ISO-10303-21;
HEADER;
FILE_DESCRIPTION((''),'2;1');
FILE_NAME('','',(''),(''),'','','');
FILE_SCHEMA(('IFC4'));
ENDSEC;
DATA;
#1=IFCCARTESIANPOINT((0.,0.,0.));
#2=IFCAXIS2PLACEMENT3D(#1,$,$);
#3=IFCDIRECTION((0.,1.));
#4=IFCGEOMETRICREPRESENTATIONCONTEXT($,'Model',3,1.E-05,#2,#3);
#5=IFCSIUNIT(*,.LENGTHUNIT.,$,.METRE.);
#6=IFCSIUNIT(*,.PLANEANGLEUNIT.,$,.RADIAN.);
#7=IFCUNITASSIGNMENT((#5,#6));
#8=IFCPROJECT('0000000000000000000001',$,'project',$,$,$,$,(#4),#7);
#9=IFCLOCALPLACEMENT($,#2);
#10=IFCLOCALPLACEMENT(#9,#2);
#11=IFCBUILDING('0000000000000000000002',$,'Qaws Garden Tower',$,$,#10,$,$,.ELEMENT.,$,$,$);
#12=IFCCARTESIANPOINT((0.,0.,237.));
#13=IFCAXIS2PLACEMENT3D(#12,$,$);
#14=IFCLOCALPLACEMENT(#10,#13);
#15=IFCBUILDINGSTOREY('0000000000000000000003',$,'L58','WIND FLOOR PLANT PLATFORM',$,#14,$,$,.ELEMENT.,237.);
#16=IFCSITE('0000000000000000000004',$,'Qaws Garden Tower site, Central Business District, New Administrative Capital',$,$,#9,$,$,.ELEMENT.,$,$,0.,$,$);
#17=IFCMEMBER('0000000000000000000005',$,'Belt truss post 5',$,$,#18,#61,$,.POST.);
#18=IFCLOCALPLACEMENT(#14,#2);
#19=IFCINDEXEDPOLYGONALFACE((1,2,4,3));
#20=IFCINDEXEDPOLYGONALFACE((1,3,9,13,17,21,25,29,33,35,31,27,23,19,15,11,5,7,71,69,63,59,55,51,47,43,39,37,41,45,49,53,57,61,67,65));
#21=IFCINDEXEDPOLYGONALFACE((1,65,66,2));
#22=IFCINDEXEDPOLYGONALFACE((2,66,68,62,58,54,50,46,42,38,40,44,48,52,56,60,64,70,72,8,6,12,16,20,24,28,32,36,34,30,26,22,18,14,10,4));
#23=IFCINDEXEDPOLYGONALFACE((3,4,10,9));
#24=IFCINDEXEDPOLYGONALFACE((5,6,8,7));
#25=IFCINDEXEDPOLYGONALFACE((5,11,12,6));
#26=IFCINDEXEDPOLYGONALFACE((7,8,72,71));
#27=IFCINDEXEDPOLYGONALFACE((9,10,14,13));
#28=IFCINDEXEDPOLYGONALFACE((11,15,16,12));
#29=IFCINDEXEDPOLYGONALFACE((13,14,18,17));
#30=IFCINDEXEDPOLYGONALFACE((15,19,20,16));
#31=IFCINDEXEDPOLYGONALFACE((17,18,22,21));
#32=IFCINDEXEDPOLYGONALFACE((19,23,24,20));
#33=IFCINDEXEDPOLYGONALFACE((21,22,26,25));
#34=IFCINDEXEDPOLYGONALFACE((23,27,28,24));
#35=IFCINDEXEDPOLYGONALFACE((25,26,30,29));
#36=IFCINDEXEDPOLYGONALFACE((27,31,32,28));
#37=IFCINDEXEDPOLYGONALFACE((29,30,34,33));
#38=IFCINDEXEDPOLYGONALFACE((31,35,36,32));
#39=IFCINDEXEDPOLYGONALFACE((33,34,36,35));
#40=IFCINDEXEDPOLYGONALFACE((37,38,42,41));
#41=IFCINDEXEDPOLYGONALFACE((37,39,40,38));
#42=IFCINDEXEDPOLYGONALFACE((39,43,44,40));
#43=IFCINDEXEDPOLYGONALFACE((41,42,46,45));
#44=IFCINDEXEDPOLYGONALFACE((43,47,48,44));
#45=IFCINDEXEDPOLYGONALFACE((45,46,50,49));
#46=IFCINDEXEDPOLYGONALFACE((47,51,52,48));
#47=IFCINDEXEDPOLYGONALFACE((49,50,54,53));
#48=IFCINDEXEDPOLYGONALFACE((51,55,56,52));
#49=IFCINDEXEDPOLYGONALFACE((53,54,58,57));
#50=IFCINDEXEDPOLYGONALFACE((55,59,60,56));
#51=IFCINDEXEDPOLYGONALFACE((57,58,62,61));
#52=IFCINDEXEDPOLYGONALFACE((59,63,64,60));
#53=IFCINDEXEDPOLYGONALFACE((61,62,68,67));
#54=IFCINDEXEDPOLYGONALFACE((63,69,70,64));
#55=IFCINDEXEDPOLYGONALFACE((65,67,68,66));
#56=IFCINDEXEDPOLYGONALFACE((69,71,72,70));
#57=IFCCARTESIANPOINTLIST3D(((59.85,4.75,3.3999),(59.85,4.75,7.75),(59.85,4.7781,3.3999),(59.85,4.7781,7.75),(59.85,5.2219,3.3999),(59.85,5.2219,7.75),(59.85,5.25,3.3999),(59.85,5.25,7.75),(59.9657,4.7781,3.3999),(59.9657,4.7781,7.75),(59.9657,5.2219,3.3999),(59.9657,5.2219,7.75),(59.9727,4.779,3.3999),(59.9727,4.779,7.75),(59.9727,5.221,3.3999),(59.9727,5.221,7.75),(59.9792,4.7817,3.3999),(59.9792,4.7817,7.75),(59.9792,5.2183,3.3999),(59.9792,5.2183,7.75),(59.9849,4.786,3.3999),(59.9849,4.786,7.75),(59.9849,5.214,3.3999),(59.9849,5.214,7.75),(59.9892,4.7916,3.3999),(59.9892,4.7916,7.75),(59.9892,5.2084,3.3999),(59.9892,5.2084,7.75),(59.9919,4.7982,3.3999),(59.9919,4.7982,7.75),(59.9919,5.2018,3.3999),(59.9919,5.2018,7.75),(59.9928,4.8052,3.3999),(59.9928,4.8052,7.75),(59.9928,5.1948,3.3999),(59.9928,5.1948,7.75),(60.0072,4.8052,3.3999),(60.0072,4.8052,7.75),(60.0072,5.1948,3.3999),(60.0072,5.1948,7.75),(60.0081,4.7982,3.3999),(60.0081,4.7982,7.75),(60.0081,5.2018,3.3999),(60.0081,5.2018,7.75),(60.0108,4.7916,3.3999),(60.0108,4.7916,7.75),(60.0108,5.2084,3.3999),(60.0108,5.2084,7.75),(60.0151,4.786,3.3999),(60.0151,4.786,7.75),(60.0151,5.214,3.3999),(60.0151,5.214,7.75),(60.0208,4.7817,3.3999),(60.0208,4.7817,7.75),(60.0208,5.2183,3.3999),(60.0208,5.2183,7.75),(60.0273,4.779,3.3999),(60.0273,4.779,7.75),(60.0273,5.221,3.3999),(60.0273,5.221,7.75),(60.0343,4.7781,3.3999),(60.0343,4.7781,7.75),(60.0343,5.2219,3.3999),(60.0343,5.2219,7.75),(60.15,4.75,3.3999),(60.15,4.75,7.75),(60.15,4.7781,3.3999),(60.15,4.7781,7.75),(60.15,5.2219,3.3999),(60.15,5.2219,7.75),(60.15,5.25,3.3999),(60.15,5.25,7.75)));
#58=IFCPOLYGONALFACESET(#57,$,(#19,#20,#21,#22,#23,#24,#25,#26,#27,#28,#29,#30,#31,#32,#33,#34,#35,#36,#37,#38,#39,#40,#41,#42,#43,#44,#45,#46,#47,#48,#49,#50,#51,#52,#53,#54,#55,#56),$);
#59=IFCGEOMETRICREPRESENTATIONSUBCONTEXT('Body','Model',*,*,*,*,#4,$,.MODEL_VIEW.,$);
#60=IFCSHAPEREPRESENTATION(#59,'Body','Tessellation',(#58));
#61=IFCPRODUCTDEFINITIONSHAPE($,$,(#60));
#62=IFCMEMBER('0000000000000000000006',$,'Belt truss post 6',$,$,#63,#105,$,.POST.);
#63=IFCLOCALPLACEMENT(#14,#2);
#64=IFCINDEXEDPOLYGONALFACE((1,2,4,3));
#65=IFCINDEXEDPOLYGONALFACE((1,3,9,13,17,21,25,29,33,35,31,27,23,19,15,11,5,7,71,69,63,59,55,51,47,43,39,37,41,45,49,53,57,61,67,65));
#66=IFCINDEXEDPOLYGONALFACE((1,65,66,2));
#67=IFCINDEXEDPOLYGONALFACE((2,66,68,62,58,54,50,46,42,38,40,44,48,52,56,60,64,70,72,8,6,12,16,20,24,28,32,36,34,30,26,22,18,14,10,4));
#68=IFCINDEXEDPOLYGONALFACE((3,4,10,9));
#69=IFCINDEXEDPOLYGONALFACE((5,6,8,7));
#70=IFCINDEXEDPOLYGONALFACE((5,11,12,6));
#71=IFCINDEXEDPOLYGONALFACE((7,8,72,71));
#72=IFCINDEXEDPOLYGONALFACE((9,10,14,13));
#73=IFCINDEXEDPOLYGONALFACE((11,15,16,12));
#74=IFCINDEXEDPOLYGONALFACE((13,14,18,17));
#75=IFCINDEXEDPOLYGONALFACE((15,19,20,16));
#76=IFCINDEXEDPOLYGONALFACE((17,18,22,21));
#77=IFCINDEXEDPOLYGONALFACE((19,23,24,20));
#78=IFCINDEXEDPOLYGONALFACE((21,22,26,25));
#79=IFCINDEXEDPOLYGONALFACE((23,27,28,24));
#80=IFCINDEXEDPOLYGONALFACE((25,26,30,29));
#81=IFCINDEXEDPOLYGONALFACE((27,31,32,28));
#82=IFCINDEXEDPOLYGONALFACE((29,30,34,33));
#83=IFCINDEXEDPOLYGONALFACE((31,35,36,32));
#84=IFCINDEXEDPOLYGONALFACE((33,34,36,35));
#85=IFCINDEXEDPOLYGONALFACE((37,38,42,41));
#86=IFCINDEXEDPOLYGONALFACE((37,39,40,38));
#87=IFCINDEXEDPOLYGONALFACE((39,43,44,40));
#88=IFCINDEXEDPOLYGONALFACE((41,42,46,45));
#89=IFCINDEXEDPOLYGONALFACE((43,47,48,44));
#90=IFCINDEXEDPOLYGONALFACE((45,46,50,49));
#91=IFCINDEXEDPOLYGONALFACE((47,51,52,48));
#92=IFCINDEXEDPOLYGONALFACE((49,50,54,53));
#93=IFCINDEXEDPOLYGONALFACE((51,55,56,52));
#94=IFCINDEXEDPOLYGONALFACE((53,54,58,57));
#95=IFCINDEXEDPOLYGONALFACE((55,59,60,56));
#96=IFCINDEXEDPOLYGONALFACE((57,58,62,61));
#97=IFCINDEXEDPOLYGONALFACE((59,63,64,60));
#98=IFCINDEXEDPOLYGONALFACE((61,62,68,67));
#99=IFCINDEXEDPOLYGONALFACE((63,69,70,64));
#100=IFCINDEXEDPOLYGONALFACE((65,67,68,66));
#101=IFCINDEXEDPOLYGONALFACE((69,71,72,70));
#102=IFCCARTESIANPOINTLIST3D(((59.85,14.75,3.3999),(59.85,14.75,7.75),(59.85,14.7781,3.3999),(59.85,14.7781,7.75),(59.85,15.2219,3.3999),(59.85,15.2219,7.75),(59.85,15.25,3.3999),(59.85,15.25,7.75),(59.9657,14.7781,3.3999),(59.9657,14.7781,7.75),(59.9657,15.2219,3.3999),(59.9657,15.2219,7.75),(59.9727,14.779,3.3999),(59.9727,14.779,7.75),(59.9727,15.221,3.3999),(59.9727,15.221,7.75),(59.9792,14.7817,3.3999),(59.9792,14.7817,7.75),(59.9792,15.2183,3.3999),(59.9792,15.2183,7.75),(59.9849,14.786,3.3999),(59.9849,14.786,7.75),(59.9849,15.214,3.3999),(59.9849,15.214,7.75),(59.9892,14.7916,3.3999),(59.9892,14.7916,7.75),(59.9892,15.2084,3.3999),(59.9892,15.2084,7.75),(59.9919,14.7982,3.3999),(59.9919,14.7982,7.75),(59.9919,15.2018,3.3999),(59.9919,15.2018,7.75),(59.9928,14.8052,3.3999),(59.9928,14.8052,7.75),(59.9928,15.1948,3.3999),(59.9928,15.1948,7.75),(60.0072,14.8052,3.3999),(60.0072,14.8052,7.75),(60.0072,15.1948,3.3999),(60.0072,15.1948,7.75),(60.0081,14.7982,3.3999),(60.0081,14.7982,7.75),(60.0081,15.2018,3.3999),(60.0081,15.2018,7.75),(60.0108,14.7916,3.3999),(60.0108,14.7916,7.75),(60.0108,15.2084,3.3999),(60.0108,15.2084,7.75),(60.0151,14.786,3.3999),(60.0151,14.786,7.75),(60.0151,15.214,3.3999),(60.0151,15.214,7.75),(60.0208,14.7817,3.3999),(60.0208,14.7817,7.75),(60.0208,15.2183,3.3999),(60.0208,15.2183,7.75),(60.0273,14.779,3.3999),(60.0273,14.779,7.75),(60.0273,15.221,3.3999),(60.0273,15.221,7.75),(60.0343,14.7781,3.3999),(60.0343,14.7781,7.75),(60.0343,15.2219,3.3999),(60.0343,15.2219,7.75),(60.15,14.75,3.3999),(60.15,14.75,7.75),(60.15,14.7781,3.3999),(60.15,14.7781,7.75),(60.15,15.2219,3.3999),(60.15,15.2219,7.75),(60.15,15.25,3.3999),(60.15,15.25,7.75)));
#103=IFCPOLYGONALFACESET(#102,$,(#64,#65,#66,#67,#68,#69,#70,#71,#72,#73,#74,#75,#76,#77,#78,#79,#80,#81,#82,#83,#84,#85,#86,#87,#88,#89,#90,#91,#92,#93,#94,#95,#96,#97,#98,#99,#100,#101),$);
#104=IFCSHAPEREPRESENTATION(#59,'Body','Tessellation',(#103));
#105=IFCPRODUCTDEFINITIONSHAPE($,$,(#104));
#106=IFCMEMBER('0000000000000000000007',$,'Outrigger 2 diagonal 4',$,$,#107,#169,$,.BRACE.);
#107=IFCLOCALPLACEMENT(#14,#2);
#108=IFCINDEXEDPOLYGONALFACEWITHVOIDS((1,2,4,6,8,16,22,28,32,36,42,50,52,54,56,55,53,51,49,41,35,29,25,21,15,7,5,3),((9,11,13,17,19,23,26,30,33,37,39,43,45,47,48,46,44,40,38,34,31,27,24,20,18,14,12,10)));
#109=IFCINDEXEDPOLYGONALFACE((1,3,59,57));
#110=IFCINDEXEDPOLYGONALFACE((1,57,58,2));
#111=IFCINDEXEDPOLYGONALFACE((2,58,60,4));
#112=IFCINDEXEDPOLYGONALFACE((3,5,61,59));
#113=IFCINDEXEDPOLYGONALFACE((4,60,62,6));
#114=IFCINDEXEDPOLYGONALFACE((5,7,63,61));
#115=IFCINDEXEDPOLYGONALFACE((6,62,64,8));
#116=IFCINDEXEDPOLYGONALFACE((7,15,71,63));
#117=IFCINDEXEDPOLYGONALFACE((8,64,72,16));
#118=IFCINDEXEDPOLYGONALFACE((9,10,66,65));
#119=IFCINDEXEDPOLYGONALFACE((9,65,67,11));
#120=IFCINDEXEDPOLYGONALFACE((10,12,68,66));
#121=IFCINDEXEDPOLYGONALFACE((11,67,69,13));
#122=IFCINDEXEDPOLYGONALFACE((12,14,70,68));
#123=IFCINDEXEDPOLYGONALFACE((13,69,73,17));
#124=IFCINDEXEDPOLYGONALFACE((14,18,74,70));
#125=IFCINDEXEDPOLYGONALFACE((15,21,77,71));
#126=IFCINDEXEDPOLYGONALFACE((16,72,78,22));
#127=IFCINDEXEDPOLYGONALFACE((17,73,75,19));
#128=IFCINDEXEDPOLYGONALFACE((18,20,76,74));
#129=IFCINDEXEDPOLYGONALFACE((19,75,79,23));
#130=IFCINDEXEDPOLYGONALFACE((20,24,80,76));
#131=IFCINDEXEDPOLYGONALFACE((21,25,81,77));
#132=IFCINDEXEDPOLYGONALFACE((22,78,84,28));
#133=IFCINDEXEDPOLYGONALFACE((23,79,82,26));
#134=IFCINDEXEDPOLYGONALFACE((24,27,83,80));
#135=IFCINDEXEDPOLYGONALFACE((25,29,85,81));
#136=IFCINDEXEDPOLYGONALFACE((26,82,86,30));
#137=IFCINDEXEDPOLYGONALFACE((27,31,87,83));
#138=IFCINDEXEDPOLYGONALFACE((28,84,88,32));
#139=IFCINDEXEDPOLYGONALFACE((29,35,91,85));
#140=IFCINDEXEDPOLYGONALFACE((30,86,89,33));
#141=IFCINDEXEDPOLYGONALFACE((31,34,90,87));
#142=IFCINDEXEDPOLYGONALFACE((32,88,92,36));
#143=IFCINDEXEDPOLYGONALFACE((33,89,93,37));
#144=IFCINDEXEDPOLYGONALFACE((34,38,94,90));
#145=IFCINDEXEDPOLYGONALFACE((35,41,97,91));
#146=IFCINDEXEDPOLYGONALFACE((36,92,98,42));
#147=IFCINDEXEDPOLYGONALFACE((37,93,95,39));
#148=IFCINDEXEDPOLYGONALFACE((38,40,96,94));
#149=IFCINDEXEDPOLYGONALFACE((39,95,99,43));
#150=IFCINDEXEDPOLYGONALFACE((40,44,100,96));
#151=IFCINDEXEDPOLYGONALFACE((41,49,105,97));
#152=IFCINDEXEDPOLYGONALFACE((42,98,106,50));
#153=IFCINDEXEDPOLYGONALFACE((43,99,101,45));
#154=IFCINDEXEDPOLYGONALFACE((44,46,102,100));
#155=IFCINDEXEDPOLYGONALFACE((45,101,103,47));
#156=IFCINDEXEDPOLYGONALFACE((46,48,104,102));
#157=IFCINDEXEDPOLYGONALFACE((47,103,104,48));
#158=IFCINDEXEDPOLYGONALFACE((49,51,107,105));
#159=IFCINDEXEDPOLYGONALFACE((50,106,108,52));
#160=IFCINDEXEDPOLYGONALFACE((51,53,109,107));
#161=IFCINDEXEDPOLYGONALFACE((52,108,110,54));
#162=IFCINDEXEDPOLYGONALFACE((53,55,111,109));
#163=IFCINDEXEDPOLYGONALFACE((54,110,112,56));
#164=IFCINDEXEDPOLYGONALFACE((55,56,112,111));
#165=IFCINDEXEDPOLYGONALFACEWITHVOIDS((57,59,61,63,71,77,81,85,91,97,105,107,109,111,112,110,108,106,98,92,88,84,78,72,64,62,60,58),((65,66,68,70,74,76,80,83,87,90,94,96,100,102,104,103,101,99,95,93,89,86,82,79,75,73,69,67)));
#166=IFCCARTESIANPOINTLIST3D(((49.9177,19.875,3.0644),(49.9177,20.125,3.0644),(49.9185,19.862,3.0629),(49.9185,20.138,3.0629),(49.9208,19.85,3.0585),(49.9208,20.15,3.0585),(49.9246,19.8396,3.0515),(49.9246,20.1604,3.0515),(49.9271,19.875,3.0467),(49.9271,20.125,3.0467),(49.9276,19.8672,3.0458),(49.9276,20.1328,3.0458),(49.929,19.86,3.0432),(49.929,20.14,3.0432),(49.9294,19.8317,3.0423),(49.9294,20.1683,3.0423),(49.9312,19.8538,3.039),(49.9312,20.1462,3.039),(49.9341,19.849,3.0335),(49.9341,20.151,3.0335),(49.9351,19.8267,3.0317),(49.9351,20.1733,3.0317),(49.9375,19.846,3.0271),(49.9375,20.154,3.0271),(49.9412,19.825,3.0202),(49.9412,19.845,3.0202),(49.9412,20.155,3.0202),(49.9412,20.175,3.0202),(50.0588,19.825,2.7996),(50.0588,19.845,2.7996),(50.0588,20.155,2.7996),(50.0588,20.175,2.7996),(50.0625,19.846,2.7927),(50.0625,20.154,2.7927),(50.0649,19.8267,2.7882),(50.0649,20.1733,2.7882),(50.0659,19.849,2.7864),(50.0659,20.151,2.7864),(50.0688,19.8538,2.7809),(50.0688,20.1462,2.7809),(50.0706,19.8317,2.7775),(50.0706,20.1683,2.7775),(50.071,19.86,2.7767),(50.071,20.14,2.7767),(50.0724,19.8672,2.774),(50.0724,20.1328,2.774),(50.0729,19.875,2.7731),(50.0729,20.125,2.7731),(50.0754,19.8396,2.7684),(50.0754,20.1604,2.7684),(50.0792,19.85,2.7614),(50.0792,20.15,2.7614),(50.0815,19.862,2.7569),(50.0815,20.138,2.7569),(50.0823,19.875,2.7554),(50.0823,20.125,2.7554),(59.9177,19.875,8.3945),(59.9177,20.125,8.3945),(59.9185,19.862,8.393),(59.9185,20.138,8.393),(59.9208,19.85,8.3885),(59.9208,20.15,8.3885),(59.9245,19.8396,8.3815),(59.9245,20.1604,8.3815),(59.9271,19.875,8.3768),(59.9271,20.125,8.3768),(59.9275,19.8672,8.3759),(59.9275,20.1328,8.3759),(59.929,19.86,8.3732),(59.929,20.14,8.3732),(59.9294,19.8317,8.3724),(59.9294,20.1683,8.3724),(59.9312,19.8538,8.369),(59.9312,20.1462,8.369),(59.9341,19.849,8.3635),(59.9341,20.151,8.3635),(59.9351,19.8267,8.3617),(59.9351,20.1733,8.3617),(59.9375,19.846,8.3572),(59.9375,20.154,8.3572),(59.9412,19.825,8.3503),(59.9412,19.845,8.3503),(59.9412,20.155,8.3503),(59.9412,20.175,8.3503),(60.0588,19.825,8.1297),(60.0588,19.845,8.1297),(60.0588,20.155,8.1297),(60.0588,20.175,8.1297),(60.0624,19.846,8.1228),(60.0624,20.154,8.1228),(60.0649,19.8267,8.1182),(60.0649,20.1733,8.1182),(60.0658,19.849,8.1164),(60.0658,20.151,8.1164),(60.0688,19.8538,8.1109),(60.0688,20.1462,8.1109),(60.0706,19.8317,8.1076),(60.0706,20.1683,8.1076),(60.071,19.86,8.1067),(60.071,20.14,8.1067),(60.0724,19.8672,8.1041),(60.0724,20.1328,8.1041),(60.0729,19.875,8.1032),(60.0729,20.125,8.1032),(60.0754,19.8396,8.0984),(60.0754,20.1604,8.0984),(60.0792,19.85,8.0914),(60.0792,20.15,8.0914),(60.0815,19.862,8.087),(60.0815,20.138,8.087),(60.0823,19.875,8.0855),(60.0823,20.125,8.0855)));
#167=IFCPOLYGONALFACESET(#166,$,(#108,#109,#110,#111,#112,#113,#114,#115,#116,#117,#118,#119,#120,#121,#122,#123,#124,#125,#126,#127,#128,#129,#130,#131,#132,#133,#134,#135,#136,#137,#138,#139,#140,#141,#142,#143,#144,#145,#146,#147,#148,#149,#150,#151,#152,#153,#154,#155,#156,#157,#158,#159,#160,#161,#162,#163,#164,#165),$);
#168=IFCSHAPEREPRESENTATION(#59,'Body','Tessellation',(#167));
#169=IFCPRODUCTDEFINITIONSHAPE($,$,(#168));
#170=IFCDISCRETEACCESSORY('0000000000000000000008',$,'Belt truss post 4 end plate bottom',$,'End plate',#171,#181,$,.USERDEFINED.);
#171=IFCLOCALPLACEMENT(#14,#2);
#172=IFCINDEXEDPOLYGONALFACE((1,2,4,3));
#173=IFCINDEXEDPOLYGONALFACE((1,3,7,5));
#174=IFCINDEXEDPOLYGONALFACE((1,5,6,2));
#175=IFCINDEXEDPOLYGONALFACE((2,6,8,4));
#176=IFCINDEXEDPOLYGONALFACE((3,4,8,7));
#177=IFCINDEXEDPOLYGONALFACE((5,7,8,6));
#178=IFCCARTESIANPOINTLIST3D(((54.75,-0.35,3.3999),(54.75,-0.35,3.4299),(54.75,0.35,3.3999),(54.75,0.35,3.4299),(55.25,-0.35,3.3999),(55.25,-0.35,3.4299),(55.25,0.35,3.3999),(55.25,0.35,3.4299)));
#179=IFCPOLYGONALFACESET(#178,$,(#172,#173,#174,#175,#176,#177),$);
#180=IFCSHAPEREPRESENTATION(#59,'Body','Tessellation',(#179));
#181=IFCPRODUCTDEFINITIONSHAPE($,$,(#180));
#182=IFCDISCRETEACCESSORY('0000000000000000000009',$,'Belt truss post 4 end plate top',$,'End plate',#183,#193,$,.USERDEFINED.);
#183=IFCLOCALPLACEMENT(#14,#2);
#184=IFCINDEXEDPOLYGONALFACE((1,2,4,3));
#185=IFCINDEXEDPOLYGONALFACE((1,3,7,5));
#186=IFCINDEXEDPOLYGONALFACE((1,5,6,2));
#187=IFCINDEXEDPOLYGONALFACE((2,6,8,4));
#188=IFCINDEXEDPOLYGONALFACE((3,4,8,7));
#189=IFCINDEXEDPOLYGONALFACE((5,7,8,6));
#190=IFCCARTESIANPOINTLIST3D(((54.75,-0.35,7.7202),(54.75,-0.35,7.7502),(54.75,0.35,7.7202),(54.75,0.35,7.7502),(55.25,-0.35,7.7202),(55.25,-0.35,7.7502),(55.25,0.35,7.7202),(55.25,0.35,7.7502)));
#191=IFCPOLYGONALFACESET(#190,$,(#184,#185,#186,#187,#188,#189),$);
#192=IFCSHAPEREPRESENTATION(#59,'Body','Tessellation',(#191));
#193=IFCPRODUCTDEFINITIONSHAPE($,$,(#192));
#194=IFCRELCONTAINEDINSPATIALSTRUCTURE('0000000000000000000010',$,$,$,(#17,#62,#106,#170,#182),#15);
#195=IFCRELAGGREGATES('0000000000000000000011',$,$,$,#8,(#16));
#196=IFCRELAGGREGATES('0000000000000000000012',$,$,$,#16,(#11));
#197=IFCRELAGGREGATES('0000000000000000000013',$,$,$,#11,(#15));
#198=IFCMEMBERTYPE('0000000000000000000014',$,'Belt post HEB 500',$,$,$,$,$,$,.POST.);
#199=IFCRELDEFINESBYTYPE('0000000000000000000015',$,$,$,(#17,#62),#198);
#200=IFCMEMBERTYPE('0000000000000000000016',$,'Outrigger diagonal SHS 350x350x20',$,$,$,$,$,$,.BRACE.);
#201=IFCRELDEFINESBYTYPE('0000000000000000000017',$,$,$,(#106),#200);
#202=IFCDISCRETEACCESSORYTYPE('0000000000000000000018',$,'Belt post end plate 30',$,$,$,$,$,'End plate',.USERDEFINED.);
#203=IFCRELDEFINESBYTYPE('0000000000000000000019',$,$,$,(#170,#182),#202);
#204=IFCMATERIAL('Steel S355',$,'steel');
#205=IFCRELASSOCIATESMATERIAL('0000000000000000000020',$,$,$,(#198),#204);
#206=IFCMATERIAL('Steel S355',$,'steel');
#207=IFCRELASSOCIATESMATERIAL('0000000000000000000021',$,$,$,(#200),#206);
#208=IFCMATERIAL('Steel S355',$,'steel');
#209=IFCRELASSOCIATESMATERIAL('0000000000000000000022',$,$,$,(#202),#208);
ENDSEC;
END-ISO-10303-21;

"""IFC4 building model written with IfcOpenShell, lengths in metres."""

from ifc_helpers import new_model, si_unit, direction, frame, origin, origin_2d, place, context, subcontext, project, spatial, rectangle, hollow_rectangle, i_section, extrude, material, material_profile, profile_set, type_object, element, save


model = new_model("IFC4")

# Units and contexts
model_context = context("Model", 3, precision=1e-05, world=origin(), true_north=direction((0.0, 1.0)))
body_context = subcontext(model_context, "Body", "Model", "MODEL_VIEW")
ifc_project = project(units=[si_unit("LENGTHUNIT", "METRE"), si_unit("PLANEANGLEUNIT", "RADIAN")], contexts=[model_context])

# Site, building, storey
site_placement = place(None, origin())
site = spatial("IfcSite", under=ifc_project, at=site_placement, Name="Qaws Garden Tower site, Central Business District, New Administrative Capital", CompositionType="ELEMENT", RefElevation=0.0)
building_placement = place(site_placement, origin())
building = spatial("IfcBuilding", under=site, at=building_placement, Name="Qaws Garden Tower", CompositionType="ELEMENT")
storey_placement = place(building_placement, frame((0.0, 0.0, 237.0)))
storey = spatial("IfcBuildingStorey", under=building, at=storey_placement, Name="L58", Description="WIND FLOOR PLANT PLATFORM", CompositionType="ELEMENT", Elevation=237.0)

# Members
ifc_material_1 = material(Name="Steel S355", Category="steel")
ifc_material_profile_1 = material_profile(ifc_material_1, i_section(OverallWidth=0.3, OverallDepth=0.5, WebThickness=0.0144, FlangeThickness=0.0281, FilletRadius=0.0271, at=origin_2d()), Name="HEB 500")
ifc_profile_set_1 = profile_set([ifc_material_profile_1], Name="Steel S355")
member_type_1 = type_object("IfcMemberType", Name="Belt post HEB 500", PredefinedType="POST", material=ifc_profile_set_1)
placement_1 = place(storey_placement, frame((55.0, 0.0, 3.3999), z_axis=(0.0, 0.0, 1.0), x_axis=(1.0, 0.0, 0.0)))
placement_2 = place(storey_placement, frame((60.0, 5.0, 3.3999), z_axis=(0.0, 0.0, 1.0), x_axis=(1.0, 0.0, 0.0)))
element("IfcMember", 1, at=placement_2, inside=storey, type_object=member_type_1, Name="Belt truss post 5", PredefinedType="POST", context=body_context, shape_type="SweptSolid", body=[
    extrude(i_section(OverallWidth=0.3, OverallDepth=0.5, WebThickness=0.0144, FlangeThickness=0.0281, FilletRadius=0.0271, at=origin_2d()), origin(), (0.0, 0.0, 1.0), 4.3501),
])
placement_3 = place(storey_placement, frame((60.0, 15.0, 3.3999), z_axis=(0.0, 0.0, 1.0), x_axis=(1.0, 0.0, 0.0)))
element("IfcMember", 2, at=placement_3, inside=storey, type_object=member_type_1, Name="Belt truss post 6", PredefinedType="POST", context=body_context, shape_type="SweptSolid", body=[
    extrude(i_section(OverallWidth=0.3, OverallDepth=0.5, WebThickness=0.0144, FlangeThickness=0.0281, FilletRadius=0.0271, at=origin_2d()), origin(), (0.0, 0.0, 1.0), 4.3501),
])
ifc_material_2 = material(Name="Steel S355", Category="steel")
ifc_material_profile_2 = material_profile(ifc_material_2, hollow_rectangle(XDim=0.3501, YDim=0.3501, WallThickness=0.02, InnerFilletRadius=0.03, OuterFilletRadius=0.05, at=origin_2d()), Name="SHS 350x350x20")
ifc_profile_set_2 = profile_set([ifc_material_profile_2], Name="Steel S355")
member_type_2 = type_object("IfcMemberType", Name="Outrigger diagonal SHS 350x350x20", PredefinedType="BRACE", material=ifc_profile_set_2)
member_1_placement = place(storey_placement, frame((50.0, 20.0, 2.9099), z_axis=(0.882472, 0.0, 0.470365), x_axis=(0.0, 1.0, 0.0)))
element("IfcMember", 3, at=member_1_placement, inside=storey, type_object=member_type_2, Name="Outrigger 2 diagonal 4", PredefinedType="BRACE", context=body_context, shape_type="SweptSolid", body=[
    extrude(hollow_rectangle(XDim=0.3501, YDim=0.3501, WallThickness=0.02, InnerFilletRadius=0.03, OuterFilletRadius=0.05, at=origin_2d()), origin(), (0.0, 0.0, 1.0), 11.3318),
])

# Discrete accessories
ifc_material_3 = material(Name="Steel S355", Category="steel")
discrete_accessory_type = type_object("IfcDiscreteAccessoryType", Name="Belt post end plate 30", ElementType="End plate", PredefinedType="USERDEFINED", material=ifc_material_3)
element("IfcDiscreteAccessory", 4, at=placement_1, inside=storey, type_object=discrete_accessory_type, Name="Belt truss post 4 end plate bottom", ObjectType="End plate", PredefinedType="USERDEFINED", context=body_context, shape_type="SweptSolid", body=[
    extrude(rectangle(XDim=0.5, YDim=0.7, at=origin_2d()), origin(), (0.0, 0.0, 1.0), 0.03),
])
discrete_accessory_1_placement = place(storey_placement, frame((55.0, 0.0, 7.7202), z_axis=(0.0, 0.0, 1.0), x_axis=(1.0, 0.0, 0.0)))
element("IfcDiscreteAccessory", 5, at=discrete_accessory_1_placement, inside=storey, type_object=discrete_accessory_type, Name="Belt truss post 4 end plate top", ObjectType="End plate", PredefinedType="USERDEFINED", context=body_context, shape_type="SweptSolid", body=[
    extrude(rectangle(XDim=0.5, YDim=0.7, at=origin_2d()), origin(), (0.0, 0.0, 1.0), 0.03),
])

save(model, "model.ifc")
